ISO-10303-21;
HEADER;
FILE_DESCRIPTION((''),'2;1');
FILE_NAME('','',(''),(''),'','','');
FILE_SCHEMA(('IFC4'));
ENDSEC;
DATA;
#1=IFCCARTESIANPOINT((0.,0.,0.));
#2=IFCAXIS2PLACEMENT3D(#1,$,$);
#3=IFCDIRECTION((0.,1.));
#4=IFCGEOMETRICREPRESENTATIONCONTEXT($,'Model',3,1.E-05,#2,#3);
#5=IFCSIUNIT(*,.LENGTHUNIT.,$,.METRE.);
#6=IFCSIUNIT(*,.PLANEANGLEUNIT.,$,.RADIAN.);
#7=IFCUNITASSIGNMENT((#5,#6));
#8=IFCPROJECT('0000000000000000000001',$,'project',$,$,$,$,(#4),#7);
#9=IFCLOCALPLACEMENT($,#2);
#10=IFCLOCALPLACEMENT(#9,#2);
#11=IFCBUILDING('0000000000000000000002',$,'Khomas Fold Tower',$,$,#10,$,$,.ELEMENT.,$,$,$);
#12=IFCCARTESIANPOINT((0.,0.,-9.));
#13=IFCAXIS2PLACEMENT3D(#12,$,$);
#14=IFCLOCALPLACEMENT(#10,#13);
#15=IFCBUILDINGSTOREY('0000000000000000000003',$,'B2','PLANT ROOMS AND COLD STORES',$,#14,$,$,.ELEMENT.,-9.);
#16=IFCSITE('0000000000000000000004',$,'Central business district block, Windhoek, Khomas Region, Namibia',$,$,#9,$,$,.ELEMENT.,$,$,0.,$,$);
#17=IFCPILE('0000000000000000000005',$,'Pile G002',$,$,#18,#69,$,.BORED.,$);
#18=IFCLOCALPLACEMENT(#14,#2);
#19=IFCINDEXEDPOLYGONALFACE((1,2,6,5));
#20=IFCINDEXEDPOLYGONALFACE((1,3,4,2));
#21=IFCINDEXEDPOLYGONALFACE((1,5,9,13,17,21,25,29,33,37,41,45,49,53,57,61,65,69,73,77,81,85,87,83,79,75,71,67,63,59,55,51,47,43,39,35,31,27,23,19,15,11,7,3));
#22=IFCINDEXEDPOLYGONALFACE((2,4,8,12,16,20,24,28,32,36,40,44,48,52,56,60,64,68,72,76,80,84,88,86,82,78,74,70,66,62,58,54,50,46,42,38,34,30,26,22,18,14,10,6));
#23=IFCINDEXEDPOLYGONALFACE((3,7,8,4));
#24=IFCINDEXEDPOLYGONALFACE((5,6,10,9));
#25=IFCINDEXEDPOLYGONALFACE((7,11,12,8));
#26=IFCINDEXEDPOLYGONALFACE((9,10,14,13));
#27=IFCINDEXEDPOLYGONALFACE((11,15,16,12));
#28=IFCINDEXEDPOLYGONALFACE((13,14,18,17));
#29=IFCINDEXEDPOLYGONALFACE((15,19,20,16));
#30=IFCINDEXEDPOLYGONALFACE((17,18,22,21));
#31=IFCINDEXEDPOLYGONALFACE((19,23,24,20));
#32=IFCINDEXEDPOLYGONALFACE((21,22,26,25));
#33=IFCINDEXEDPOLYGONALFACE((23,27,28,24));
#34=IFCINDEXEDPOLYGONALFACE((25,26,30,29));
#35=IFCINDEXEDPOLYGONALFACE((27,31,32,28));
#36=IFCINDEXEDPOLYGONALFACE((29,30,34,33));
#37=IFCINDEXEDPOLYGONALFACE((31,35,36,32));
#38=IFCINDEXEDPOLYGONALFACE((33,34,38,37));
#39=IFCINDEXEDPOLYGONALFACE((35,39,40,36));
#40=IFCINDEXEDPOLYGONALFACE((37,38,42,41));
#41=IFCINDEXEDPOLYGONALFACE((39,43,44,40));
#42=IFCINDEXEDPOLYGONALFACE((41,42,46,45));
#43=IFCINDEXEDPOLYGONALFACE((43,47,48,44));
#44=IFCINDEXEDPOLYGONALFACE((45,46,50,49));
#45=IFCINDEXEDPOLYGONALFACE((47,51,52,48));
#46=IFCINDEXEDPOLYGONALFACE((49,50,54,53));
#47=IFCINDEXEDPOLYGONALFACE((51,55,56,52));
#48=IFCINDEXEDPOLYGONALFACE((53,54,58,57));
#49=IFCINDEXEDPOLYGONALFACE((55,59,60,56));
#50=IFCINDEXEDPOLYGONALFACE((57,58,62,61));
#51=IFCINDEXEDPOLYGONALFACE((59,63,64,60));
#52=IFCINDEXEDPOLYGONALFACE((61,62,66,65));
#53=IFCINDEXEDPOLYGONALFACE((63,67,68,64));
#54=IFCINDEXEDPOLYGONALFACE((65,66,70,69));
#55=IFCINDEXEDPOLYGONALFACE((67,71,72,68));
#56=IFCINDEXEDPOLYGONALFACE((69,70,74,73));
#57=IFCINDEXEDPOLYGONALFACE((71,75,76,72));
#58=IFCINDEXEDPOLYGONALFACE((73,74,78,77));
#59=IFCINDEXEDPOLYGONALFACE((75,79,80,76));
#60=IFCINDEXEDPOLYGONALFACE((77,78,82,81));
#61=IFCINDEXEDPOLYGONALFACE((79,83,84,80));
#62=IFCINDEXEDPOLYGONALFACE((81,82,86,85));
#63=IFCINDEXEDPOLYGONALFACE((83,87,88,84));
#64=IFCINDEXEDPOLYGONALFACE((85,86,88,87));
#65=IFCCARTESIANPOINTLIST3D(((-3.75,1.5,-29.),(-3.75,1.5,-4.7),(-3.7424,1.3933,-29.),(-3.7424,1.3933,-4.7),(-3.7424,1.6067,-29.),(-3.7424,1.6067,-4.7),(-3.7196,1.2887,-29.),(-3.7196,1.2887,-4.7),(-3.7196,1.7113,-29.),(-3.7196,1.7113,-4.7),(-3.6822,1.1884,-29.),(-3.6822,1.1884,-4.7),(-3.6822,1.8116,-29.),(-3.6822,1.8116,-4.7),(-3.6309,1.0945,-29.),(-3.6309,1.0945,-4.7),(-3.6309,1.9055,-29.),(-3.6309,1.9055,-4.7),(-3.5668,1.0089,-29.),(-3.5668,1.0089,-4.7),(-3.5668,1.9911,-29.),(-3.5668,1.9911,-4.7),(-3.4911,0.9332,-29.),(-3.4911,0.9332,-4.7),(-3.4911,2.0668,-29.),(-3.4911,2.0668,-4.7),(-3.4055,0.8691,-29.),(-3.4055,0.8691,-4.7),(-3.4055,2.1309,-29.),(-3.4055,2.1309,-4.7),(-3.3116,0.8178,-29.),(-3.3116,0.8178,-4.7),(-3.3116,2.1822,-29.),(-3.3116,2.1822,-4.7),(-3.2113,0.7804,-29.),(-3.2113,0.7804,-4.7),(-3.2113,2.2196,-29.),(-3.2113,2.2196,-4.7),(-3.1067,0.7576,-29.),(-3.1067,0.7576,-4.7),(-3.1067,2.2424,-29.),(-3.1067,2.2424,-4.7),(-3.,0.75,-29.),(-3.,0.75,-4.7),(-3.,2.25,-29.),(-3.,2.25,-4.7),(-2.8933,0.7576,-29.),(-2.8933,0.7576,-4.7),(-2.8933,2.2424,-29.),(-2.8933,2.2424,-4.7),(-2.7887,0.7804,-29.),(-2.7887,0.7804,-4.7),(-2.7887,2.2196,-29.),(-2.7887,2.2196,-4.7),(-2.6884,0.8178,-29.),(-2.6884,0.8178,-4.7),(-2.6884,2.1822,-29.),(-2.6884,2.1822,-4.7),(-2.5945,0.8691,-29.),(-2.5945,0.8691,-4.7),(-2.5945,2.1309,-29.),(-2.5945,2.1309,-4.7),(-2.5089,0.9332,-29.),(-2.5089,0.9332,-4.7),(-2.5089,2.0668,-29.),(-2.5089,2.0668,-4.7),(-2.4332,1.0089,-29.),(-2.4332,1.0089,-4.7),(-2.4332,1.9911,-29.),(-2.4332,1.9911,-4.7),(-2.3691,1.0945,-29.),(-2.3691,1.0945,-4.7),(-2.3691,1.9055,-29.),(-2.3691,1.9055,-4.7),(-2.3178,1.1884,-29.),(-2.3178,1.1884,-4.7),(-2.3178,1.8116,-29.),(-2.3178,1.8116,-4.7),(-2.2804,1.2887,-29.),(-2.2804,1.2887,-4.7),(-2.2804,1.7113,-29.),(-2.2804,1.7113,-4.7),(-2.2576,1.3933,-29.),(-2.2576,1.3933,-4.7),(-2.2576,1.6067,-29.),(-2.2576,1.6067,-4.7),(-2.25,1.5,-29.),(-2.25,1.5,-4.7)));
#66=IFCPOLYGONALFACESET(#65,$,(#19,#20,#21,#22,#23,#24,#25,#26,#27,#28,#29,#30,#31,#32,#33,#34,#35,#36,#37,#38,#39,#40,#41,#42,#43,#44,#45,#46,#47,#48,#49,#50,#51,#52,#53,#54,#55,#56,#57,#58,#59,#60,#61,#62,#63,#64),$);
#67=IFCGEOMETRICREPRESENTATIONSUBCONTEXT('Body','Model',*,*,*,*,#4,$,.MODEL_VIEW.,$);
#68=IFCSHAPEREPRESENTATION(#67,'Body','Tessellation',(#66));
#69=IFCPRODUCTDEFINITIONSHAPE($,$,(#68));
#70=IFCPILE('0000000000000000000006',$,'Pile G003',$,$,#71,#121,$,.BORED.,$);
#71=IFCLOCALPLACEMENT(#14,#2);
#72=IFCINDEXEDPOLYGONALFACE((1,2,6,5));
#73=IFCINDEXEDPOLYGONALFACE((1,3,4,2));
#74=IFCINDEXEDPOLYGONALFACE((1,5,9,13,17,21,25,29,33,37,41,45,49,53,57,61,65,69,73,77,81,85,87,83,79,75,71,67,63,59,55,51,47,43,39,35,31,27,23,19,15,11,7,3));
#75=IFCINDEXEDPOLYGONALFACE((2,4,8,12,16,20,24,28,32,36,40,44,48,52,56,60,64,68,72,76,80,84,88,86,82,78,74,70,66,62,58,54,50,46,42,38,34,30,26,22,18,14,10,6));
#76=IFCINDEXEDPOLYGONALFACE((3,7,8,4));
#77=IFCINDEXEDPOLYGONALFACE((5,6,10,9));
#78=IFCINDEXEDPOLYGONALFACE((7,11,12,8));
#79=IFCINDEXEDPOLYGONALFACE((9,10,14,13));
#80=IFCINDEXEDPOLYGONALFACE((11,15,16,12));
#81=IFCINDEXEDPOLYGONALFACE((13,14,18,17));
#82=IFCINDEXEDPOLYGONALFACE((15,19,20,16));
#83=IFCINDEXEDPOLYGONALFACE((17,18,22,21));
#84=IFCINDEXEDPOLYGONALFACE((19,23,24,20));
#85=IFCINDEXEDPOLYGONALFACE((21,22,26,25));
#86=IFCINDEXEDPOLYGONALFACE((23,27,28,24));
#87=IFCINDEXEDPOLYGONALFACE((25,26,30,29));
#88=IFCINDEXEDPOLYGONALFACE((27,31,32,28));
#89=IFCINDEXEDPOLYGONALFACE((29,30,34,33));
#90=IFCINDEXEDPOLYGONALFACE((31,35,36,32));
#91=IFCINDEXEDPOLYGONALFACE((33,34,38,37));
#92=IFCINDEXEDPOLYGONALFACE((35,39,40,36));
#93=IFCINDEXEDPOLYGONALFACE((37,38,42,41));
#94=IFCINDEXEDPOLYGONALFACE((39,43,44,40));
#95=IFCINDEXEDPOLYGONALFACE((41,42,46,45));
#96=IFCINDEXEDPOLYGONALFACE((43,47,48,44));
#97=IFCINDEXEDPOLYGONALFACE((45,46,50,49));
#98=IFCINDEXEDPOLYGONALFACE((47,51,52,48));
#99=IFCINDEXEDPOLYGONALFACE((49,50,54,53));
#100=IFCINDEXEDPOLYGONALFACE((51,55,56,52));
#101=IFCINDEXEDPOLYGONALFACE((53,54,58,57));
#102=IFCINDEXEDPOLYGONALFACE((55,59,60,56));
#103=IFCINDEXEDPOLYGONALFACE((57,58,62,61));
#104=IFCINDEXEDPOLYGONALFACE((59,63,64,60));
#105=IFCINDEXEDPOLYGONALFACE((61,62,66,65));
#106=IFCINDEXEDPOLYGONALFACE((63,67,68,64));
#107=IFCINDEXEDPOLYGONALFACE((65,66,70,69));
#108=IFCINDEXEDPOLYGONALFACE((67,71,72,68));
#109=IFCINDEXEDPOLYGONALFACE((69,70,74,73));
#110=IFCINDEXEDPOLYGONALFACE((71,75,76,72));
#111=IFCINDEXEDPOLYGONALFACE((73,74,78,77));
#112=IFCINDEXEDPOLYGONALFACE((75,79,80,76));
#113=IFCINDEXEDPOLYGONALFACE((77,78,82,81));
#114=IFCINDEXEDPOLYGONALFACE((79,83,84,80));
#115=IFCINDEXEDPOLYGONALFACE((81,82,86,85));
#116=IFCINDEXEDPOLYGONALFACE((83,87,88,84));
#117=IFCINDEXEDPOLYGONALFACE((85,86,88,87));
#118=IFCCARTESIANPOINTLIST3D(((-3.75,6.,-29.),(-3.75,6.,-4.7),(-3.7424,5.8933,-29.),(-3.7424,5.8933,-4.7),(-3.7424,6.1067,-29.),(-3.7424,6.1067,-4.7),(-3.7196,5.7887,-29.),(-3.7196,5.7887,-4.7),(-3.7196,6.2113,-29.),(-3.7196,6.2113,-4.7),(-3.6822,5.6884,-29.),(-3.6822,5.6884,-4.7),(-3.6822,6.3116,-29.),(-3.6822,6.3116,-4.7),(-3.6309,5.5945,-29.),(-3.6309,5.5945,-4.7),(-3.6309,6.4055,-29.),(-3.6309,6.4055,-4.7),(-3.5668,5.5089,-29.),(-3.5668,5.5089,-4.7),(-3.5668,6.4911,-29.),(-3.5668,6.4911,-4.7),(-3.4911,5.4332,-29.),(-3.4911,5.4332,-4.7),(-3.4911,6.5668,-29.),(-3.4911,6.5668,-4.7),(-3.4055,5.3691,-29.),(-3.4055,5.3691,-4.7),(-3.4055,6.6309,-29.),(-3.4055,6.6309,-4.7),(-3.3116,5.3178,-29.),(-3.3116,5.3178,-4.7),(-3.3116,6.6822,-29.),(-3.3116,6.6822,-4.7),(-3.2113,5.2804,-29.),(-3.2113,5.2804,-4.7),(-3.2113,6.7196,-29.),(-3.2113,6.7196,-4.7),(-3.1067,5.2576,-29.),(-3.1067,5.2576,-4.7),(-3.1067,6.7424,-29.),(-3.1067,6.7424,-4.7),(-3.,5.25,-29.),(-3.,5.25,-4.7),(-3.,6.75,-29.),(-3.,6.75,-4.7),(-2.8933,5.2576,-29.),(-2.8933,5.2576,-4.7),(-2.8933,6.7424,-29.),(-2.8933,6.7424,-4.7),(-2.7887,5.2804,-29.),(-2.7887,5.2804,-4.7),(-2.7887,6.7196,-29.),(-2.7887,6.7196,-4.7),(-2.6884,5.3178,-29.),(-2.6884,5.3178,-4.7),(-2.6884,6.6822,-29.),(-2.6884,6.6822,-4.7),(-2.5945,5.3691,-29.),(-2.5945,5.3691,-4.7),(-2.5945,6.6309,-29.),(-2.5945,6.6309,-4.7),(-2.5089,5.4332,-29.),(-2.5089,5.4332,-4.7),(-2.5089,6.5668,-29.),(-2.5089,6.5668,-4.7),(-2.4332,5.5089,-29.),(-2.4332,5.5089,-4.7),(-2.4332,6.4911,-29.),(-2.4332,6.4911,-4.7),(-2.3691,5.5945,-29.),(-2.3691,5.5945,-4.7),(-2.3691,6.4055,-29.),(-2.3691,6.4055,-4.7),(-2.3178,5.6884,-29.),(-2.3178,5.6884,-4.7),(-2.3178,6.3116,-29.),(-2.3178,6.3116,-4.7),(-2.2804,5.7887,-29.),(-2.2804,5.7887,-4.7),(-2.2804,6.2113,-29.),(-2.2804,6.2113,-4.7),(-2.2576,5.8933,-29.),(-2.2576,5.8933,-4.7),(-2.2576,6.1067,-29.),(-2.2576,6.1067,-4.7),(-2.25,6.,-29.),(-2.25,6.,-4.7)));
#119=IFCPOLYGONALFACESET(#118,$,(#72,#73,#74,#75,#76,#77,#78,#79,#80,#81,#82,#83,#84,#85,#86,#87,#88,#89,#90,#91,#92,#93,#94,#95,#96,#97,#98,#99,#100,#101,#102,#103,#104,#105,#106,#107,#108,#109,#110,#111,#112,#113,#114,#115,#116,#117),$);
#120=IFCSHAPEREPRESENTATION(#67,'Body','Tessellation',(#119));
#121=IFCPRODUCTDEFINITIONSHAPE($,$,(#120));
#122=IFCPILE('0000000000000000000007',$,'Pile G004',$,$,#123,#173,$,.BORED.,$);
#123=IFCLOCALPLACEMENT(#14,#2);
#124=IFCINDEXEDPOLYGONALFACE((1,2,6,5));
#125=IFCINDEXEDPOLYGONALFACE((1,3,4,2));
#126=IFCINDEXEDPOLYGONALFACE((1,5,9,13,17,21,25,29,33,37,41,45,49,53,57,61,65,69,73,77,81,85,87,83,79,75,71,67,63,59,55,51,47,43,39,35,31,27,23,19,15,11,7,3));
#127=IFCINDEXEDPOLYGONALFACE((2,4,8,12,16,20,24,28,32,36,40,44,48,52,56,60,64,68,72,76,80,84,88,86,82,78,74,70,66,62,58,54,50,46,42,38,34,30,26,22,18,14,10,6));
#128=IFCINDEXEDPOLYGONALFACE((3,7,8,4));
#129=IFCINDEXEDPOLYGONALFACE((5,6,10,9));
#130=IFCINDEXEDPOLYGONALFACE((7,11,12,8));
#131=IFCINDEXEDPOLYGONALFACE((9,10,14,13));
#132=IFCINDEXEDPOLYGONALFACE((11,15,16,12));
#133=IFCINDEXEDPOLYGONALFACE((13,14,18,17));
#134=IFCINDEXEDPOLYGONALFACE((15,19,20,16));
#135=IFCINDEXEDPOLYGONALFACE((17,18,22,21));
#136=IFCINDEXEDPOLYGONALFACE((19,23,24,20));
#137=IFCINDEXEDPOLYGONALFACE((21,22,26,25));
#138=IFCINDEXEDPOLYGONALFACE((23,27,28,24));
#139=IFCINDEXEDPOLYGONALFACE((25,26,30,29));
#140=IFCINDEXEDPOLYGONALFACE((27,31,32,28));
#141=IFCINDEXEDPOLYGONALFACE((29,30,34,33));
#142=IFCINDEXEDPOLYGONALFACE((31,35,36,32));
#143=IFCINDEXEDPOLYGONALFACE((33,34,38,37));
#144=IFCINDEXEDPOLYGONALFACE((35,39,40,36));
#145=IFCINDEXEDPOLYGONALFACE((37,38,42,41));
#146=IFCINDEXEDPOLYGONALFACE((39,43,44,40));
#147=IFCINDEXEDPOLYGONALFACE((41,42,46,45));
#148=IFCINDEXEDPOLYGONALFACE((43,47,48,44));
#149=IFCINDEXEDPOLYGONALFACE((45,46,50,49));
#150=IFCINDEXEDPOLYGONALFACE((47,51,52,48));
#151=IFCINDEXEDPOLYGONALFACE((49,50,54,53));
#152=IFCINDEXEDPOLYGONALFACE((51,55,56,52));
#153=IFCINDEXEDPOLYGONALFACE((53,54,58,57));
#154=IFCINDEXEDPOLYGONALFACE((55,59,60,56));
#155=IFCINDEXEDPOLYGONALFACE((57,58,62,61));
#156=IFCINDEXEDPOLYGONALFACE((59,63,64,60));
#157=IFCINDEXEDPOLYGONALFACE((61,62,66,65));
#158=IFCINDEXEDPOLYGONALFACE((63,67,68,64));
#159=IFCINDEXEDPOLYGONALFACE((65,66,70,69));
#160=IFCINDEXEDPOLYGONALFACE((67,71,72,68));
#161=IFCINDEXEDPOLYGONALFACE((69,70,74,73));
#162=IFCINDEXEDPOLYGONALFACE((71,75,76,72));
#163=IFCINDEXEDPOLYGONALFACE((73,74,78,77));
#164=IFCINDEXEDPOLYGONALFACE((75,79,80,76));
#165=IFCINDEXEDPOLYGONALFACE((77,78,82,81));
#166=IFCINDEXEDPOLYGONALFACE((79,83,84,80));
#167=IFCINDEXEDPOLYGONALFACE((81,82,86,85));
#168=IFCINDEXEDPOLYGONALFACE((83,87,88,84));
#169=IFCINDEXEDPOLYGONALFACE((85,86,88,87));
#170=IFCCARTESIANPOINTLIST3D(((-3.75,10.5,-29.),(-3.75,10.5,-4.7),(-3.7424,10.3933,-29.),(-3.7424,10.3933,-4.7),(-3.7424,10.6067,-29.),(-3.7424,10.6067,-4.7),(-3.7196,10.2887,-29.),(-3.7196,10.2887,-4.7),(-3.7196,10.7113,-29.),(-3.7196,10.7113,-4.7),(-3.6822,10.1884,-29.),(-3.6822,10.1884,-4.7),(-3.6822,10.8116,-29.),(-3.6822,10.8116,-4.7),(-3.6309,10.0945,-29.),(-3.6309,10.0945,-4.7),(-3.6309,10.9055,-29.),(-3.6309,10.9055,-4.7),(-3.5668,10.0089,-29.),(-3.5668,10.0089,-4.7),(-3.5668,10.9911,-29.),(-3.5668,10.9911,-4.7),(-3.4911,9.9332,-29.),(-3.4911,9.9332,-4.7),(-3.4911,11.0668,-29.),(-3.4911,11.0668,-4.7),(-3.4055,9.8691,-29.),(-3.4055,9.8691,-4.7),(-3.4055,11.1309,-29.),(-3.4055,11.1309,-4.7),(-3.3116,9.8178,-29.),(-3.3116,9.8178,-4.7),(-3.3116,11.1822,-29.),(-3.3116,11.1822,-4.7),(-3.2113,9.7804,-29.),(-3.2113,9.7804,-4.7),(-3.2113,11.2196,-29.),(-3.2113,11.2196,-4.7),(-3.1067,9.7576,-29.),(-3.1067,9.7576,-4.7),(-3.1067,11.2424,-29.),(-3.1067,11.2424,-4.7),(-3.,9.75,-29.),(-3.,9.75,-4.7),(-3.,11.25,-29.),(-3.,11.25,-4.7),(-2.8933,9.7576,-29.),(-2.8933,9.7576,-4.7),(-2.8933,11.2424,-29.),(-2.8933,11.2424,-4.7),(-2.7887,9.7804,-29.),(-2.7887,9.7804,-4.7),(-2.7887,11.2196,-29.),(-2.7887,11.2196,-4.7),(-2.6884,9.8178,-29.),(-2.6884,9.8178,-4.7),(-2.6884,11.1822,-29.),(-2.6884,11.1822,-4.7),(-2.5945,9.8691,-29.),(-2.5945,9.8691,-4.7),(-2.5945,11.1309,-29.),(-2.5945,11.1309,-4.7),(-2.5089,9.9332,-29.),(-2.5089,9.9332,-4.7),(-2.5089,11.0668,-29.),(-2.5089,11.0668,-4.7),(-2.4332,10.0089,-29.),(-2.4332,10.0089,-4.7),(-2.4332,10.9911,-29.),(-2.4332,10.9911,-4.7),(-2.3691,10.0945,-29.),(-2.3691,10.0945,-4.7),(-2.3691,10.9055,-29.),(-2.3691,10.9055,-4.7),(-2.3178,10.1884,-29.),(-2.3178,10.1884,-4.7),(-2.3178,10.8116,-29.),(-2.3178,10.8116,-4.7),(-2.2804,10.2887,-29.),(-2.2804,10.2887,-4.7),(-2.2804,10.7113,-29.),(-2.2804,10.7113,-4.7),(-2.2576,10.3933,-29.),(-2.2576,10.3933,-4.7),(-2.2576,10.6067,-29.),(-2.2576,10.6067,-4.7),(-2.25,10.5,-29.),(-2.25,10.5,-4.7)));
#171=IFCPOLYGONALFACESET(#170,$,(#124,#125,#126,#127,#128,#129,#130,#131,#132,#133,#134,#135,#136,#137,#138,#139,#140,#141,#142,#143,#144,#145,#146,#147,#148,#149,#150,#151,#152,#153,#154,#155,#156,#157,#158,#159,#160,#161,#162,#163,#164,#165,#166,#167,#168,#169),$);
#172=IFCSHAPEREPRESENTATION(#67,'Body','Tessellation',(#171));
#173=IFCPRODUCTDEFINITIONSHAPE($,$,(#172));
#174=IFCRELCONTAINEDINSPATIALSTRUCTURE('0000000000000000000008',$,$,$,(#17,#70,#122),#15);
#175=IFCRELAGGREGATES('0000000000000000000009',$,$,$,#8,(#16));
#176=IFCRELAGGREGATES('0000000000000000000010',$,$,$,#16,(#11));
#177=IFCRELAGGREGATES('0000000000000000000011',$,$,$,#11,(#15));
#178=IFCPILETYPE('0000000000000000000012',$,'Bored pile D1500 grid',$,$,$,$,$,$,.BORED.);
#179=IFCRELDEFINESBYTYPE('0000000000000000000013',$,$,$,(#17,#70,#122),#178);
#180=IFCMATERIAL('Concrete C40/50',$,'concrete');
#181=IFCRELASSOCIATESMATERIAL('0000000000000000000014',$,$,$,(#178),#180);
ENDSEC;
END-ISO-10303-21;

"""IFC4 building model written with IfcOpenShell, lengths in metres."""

from ifc_helpers import new_model, si_unit, direction, frame, origin, origin_2d, place, context, subcontext, project, spatial, circle, extrude, source, transform, mapped, material, material_profile, profile_set, type_object, element, save


model = new_model("IFC4")

# Units and contexts
model_context = context("Model", 3, precision=1e-05, world=origin(), true_north=direction((0.0, 1.0)))
body_context = subcontext(model_context, "Body", "Model", "MODEL_VIEW")
ifc_project = project(units=[si_unit("LENGTHUNIT", "METRE"), si_unit("PLANEANGLEUNIT", "RADIAN")], contexts=[model_context])

# Site, building, storey
site_placement = place(None, origin())
site = spatial("IfcSite", under=ifc_project, at=site_placement, Name="Central business district block, Windhoek, Khomas Region, Namibia", CompositionType="ELEMENT", RefElevation=0.0)
building_placement = place(site_placement, origin())
building = spatial("IfcBuilding", under=site, at=building_placement, Name="Khomas Fold Tower", CompositionType="ELEMENT")
storey_placement = place(building_placement, frame((0.0, 0.0, -9.0)))
storey = spatial("IfcBuildingStorey", under=building, at=storey_placement, Name="B2", Description="PLANT ROOMS AND COLD STORES", CompositionType="ELEMENT", Elevation=-9.0)

# Piles
ifc_material_1 = material(Name="Concrete C40/50", Category="concrete")
ifc_material_profile_1 = material_profile(ifc_material_1, circle(Radius=0.75, at=origin_2d()), Name="PILE D1500")
ifc_profile_set_1 = profile_set([ifc_material_profile_1], Name="Concrete C40/50")
pile_type = type_object("IfcPileType", Name="Bored pile D1500 grid", PredefinedType="BORED", material=ifc_profile_set_1)
shared_shape_1 = source(origin(), body_context, "Body", "SweptSolid", [
    extrude(circle(Radius=0.75, at=origin_2d()), origin(), (0.0, 0.0, 1.0), 24.3),
])
for number, where, z_axis, x_axis, name in (
    (1, (-3.0, 1.5, -4.7), (0.0, 0.0, -1.0), (1.0, 0.0, 0.0), "Pile G002"),
    (2, (-3.0, 6.0, -4.7), (0.0, 0.0, -1.0), (1.0, 0.0, 0.0), "Pile G003"),
    (3, (-3.0, 10.5, -4.7), (0.0, 0.0, -1.0), (1.0, 0.0, 0.0), "Pile G004"),
):
    element("IfcPile", number, at=place(storey_placement, frame(where, z_axis=z_axis, x_axis=x_axis)), inside=storey, type_object=pile_type, Name=name, PredefinedType="BORED", context=body_context, shape_type="MappedRepresentation", body=[
        mapped(shared_shape_1, transform((0.0, 0.0, 0.0))),
    ])

save(model, "model.ifc")
